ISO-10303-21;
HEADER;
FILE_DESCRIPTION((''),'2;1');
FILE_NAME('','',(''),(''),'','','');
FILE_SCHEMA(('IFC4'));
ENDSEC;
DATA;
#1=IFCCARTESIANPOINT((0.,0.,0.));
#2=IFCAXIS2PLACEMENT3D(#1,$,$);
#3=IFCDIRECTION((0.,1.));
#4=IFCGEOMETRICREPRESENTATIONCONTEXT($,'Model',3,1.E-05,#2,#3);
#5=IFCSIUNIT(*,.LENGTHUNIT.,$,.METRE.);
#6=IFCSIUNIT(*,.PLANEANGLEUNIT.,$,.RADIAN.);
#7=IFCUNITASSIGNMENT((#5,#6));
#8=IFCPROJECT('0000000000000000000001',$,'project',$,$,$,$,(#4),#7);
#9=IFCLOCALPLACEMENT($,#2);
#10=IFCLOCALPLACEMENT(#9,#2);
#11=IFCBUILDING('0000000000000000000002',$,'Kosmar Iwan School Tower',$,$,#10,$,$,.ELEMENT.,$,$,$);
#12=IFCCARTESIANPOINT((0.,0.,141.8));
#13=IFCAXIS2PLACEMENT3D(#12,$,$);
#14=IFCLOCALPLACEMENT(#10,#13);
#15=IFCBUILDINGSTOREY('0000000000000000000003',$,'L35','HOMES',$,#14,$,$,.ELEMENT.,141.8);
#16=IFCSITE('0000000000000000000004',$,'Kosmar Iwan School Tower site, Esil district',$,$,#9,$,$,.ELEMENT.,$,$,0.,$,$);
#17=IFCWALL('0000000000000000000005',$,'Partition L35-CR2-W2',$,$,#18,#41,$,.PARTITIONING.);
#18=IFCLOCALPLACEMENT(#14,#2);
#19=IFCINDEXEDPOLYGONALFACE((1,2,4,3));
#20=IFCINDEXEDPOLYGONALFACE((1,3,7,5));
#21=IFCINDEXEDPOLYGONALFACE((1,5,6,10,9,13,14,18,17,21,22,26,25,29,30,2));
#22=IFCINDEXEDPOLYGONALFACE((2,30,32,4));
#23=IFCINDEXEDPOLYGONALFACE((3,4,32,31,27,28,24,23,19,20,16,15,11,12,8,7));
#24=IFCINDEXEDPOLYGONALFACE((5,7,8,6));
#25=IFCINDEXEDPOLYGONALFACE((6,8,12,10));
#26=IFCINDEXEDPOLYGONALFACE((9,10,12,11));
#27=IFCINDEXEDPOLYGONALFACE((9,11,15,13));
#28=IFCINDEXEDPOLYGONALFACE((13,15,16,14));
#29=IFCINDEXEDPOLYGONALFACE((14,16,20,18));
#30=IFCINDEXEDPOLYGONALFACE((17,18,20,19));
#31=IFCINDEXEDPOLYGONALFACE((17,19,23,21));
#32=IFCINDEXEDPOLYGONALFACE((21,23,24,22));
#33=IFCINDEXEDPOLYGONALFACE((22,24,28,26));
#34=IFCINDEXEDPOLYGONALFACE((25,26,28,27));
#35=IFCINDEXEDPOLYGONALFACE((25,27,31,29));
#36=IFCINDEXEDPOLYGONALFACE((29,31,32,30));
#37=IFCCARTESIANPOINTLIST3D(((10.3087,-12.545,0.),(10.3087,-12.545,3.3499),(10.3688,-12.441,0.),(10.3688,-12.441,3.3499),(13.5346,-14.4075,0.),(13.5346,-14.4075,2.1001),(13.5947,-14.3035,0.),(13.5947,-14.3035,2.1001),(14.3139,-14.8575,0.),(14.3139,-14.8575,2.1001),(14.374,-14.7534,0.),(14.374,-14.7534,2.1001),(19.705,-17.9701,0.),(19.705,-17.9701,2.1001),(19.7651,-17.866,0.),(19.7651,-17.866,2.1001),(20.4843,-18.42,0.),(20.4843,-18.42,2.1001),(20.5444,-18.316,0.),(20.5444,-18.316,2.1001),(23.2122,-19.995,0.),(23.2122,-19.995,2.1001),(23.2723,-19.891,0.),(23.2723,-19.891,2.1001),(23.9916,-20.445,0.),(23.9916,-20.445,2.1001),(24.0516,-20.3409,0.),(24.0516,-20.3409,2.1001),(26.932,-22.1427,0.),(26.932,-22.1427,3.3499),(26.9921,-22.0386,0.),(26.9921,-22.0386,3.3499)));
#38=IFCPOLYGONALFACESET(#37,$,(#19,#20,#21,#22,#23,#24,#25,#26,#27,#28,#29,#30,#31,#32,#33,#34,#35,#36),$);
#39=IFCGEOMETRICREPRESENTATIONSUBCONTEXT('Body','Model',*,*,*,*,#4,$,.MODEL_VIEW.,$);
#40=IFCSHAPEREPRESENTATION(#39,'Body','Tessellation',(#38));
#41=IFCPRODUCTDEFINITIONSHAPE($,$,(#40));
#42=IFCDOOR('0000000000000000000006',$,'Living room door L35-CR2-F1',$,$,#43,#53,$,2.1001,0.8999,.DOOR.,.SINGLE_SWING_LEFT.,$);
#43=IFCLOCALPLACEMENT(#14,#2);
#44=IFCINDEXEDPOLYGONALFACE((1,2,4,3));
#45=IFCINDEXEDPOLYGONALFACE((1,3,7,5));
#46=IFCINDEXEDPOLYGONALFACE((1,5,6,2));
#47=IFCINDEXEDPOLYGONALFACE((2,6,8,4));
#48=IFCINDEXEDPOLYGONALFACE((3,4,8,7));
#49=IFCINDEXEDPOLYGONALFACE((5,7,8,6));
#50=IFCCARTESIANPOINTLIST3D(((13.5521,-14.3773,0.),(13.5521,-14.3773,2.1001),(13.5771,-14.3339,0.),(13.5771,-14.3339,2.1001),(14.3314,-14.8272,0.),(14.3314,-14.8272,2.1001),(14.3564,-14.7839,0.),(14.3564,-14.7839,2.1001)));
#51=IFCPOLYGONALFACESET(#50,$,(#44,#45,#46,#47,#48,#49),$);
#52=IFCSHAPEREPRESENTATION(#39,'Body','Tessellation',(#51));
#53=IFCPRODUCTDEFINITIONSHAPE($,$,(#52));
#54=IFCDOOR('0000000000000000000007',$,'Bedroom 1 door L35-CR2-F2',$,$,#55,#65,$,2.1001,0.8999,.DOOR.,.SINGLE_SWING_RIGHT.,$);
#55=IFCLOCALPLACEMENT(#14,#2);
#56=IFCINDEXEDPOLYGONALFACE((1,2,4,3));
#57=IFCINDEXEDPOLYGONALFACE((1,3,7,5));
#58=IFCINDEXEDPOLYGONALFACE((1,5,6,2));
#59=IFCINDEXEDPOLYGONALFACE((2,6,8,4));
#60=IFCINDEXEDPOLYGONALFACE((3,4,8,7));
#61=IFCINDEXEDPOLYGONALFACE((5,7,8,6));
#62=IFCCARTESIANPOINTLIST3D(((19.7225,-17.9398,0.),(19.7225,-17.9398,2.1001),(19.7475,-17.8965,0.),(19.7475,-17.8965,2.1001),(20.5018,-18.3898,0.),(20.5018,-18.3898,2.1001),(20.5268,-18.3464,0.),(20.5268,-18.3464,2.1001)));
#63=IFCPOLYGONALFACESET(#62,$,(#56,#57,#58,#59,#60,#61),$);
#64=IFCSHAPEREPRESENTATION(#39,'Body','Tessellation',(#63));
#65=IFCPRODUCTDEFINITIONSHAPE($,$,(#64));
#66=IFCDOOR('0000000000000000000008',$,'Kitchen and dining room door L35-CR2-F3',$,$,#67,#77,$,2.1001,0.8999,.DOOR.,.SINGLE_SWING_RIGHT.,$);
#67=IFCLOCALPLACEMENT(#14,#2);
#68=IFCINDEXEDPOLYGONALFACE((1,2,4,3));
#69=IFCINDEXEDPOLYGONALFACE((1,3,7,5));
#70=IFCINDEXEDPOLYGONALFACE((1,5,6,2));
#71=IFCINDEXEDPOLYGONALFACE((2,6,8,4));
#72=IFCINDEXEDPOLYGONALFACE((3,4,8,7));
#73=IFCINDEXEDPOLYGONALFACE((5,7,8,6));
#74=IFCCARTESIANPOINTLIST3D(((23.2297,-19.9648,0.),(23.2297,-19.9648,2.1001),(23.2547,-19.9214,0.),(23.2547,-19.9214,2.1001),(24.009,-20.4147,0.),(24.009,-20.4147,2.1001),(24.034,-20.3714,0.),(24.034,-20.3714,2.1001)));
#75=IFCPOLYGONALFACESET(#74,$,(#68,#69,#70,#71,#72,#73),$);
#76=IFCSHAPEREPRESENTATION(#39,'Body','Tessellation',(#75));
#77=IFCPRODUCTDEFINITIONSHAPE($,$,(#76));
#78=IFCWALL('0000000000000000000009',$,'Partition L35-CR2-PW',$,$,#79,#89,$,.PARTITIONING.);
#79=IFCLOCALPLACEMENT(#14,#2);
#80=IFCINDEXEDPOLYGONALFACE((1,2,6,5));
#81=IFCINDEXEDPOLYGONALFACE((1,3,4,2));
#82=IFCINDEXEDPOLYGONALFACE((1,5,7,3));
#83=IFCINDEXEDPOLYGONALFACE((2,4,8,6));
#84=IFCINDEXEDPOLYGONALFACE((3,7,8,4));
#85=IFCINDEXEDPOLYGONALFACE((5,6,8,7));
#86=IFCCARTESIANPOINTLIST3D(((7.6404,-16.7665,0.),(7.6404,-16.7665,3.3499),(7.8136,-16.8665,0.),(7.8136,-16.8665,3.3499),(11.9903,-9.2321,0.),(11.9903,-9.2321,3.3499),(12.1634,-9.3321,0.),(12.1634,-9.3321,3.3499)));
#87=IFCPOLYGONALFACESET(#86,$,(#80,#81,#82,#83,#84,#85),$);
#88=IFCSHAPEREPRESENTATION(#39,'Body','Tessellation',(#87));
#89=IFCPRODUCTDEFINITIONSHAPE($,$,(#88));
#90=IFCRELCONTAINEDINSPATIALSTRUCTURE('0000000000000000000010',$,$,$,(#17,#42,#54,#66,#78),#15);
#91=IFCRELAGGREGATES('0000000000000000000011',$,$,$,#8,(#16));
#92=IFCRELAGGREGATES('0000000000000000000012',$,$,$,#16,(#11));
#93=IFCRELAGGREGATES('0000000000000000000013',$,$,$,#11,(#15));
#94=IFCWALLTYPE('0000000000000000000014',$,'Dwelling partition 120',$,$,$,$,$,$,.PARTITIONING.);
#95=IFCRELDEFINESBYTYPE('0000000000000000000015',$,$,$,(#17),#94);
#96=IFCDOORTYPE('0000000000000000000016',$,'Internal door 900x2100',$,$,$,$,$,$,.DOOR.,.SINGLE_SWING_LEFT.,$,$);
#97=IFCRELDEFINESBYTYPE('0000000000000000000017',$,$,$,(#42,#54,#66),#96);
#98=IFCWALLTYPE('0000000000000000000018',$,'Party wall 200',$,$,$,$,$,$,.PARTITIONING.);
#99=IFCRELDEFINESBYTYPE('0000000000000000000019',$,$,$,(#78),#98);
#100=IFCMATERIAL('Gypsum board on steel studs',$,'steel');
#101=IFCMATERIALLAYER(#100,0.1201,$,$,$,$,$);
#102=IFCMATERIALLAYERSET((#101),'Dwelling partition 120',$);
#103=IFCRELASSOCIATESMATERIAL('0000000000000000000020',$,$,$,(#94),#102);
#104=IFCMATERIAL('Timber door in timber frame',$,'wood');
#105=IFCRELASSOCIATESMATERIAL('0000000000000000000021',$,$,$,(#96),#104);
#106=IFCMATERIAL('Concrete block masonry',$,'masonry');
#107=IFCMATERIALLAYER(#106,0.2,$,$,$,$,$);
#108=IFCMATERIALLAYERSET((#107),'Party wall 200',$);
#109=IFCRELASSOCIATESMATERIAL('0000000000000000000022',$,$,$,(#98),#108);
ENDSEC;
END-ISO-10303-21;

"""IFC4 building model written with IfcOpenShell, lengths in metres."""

from ifc_helpers import new_model, si_unit, direction, frame, frame_2d, origin, place, context, subcontext, project, spatial, rectangle, extrude, material, layer, layer_set, type_object, element, fill, save


model = new_model("IFC4")

# Units and contexts
model_context = context("Model", 3, precision=1e-05, world=origin(), true_north=direction((0.0, 1.0)))
body_context = subcontext(model_context, "Body", "Model", "MODEL_VIEW")
ifc_project = project(units=[si_unit("LENGTHUNIT", "METRE"), si_unit("PLANEANGLEUNIT", "RADIAN")], contexts=[model_context])

# Site, building, storey
site_placement = place(None, origin())
site = spatial("IfcSite", under=ifc_project, at=site_placement, Name="Kosmar Iwan School Tower site, Esil district", CompositionType="ELEMENT", RefElevation=0.0)
building_placement = place(site_placement, origin())
building = spatial("IfcBuilding", under=site, at=building_placement, Name="Kosmar Iwan School Tower", CompositionType="ELEMENT")
storey_placement = place(building_placement, frame((0.0, 0.0, 141.8)))
storey = spatial("IfcBuildingStorey", under=building, at=storey_placement, Name="L35", Description="HOMES", CompositionType="ELEMENT", Elevation=141.8)

# Shared definitions
ifc_material_1 = material(Name="Gypsum board on steel studs", Category="steel")
ifc_layer_1 = layer(ifc_material_1, 0.1201)
ifc_layer_set_1 = layer_set([ifc_layer_1], Name="Dwelling partition 120")
wall_type_1 = type_object("IfcWallType", Name="Dwelling partition 120", PredefinedType="PARTITIONING", material=ifc_layer_set_1)

# Wall, openings, doors
ifc_material_2 = material(Name="Timber door in timber frame", Category="wood")
door_type_1 = type_object("IfcDoorType", Name="Internal door 900x2100", OperationType="SINGLE_SWING_LEFT", PredefinedType="DOOR", material=ifc_material_2)
wall_1_placement = place(storey_placement, frame((10.3386, -12.4929, 0.0), z_axis=(0.0, 0.0, 1.0), x_axis=(0.866021, -0.500008, 0.0)))
wall_1 = element("IfcWall", 1, at=wall_1_placement, inside=storey, type_object=wall_type_1, Name="Partition L35-CR2-W2", PredefinedType="PARTITIONING", context=body_context, shape_type="SweptSolid", body=[
    extrude(rectangle(XDim=19.1951, YDim=0.1201, at=frame_2d((9.5977, 0.0))), origin(), (0.0, 0.0, 1.0), 3.3499),
])
opening_1_placement = place(wall_1_placement, frame((3.7251, 0.0, 0.0)))
opening_1 = element("IfcOpeningElement", 2, at=opening_1_placement, cuts=wall_1, PredefinedType="OPENING", context=body_context, shape_type="SweptSolid", body=[
    extrude(rectangle(XDim=0.8999, YDim=2.1001, at=frame_2d((0.45, 1.05))), frame((0.0, 0.072, 0.0), z_axis=(0.0, -1.0, 0.0), x_axis=(1.0, 0.0, 0.0)), (0.0, 0.0, 1.0), 0.144),
])
opening_2_placement = place(wall_1_placement, frame((10.8501, 0.0, 0.0)))
opening_2 = element("IfcOpeningElement", 3, at=opening_2_placement, cuts=wall_1, PredefinedType="OPENING", context=body_context, shape_type="SweptSolid", body=[
    extrude(rectangle(XDim=0.8999, YDim=2.1001, at=frame_2d((0.45, 1.05))), frame((0.0, 0.072, 0.0), z_axis=(0.0, -1.0, 0.0), x_axis=(1.0, 0.0, 0.0)), (0.0, 0.0, 1.0), 0.144),
])
opening_3_placement = place(wall_1_placement, frame((14.8999, 0.0, 0.0)))
opening_3 = element("IfcOpeningElement", 4, at=opening_3_placement, cuts=wall_1, PredefinedType="OPENING", context=body_context, shape_type="SweptSolid", body=[
    extrude(rectangle(XDim=0.8999, YDim=2.1001, at=frame_2d((0.45, 1.05))), frame((0.0, 0.072, 0.0), z_axis=(0.0, -1.0, 0.0), x_axis=(1.0, 0.0, 0.0)), (0.0, 0.0, 1.0), 0.144),
])
door_1_placement = place(opening_1_placement, origin())
door_1 = element("IfcDoor", 5, at=door_1_placement, inside=storey, type_object=door_type_1, Name="Living room door L35-CR2-F1", OperationType="SINGLE_SWING_LEFT", OverallHeight=2.1001, OverallWidth=0.8999, PredefinedType="DOOR", context=body_context, shape_type="SweptSolid", body=[
    extrude(rectangle(XDim=0.8999, YDim=2.1001, at=frame_2d((0.45, 1.05))), frame((0.0, 0.0249, 0.0), z_axis=(0.0, -1.0, 0.0), x_axis=(1.0, 0.0, 0.0)), (0.0, 0.0, 1.0), 0.05),
])
fill(opening_1, door_1)
door_2_placement = place(opening_2_placement, origin())
door_2 = element("IfcDoor", 6, at=door_2_placement, inside=storey, type_object=door_type_1, Name="Bedroom 1 door L35-CR2-F2", OperationType="SINGLE_SWING_RIGHT", OverallHeight=2.1001, OverallWidth=0.8999, PredefinedType="DOOR", context=body_context, shape_type="SweptSolid", body=[
    extrude(rectangle(XDim=0.8999, YDim=2.1001, at=frame_2d((0.45, 1.05))), frame((0.0, 0.0249, 0.0), z_axis=(0.0, -1.0, 0.0), x_axis=(1.0, 0.0, 0.0)), (0.0, 0.0, 1.0), 0.05),
])
fill(opening_2, door_2)
door_3_placement = place(opening_3_placement, origin())
door_3 = element("IfcDoor", 7, at=door_3_placement, inside=storey, type_object=door_type_1, Name="Kitchen and dining room door L35-CR2-F3", OperationType="SINGLE_SWING_RIGHT", OverallHeight=2.1001, OverallWidth=0.8999, PredefinedType="DOOR", context=body_context, shape_type="SweptSolid", body=[
    extrude(rectangle(XDim=0.8999, YDim=2.1001, at=frame_2d((0.45, 1.05))), frame((0.0, 0.0249, 0.0), z_axis=(0.0, -1.0, 0.0), x_axis=(1.0, 0.0, 0.0)), (0.0, 0.0, 1.0), 0.05),
])
fill(opening_3, door_3)

# Wall
ifc_material_3 = material(Name="Concrete block masonry", Category="masonry")
ifc_layer_2 = layer(ifc_material_3, 0.2)
ifc_layer_set_2 = layer_set([ifc_layer_2], Name="Party wall 200")
wall_type_2 = type_object("IfcWallType", Name="Party wall 200", PredefinedType="PARTITIONING", material=ifc_layer_set_2)
wall_2_placement = place(storey_placement, frame((12.0769, -9.282, 0.0), z_axis=(0.0, 0.0, 1.0), x_axis=(-0.499987, -0.866033, 0.0)))
element("IfcWall", 8, at=wall_2_placement, inside=storey, type_object=wall_type_2, Name="Partition L35-CR2-PW", PredefinedType="PARTITIONING", context=body_context, shape_type="SweptSolid", body=[
    extrude(rectangle(XDim=8.7, YDim=0.2, at=frame_2d((4.3501, 0.0))), origin(), (0.0, 0.0, 1.0), 3.3499),
])

save(model, "model.ifc")
